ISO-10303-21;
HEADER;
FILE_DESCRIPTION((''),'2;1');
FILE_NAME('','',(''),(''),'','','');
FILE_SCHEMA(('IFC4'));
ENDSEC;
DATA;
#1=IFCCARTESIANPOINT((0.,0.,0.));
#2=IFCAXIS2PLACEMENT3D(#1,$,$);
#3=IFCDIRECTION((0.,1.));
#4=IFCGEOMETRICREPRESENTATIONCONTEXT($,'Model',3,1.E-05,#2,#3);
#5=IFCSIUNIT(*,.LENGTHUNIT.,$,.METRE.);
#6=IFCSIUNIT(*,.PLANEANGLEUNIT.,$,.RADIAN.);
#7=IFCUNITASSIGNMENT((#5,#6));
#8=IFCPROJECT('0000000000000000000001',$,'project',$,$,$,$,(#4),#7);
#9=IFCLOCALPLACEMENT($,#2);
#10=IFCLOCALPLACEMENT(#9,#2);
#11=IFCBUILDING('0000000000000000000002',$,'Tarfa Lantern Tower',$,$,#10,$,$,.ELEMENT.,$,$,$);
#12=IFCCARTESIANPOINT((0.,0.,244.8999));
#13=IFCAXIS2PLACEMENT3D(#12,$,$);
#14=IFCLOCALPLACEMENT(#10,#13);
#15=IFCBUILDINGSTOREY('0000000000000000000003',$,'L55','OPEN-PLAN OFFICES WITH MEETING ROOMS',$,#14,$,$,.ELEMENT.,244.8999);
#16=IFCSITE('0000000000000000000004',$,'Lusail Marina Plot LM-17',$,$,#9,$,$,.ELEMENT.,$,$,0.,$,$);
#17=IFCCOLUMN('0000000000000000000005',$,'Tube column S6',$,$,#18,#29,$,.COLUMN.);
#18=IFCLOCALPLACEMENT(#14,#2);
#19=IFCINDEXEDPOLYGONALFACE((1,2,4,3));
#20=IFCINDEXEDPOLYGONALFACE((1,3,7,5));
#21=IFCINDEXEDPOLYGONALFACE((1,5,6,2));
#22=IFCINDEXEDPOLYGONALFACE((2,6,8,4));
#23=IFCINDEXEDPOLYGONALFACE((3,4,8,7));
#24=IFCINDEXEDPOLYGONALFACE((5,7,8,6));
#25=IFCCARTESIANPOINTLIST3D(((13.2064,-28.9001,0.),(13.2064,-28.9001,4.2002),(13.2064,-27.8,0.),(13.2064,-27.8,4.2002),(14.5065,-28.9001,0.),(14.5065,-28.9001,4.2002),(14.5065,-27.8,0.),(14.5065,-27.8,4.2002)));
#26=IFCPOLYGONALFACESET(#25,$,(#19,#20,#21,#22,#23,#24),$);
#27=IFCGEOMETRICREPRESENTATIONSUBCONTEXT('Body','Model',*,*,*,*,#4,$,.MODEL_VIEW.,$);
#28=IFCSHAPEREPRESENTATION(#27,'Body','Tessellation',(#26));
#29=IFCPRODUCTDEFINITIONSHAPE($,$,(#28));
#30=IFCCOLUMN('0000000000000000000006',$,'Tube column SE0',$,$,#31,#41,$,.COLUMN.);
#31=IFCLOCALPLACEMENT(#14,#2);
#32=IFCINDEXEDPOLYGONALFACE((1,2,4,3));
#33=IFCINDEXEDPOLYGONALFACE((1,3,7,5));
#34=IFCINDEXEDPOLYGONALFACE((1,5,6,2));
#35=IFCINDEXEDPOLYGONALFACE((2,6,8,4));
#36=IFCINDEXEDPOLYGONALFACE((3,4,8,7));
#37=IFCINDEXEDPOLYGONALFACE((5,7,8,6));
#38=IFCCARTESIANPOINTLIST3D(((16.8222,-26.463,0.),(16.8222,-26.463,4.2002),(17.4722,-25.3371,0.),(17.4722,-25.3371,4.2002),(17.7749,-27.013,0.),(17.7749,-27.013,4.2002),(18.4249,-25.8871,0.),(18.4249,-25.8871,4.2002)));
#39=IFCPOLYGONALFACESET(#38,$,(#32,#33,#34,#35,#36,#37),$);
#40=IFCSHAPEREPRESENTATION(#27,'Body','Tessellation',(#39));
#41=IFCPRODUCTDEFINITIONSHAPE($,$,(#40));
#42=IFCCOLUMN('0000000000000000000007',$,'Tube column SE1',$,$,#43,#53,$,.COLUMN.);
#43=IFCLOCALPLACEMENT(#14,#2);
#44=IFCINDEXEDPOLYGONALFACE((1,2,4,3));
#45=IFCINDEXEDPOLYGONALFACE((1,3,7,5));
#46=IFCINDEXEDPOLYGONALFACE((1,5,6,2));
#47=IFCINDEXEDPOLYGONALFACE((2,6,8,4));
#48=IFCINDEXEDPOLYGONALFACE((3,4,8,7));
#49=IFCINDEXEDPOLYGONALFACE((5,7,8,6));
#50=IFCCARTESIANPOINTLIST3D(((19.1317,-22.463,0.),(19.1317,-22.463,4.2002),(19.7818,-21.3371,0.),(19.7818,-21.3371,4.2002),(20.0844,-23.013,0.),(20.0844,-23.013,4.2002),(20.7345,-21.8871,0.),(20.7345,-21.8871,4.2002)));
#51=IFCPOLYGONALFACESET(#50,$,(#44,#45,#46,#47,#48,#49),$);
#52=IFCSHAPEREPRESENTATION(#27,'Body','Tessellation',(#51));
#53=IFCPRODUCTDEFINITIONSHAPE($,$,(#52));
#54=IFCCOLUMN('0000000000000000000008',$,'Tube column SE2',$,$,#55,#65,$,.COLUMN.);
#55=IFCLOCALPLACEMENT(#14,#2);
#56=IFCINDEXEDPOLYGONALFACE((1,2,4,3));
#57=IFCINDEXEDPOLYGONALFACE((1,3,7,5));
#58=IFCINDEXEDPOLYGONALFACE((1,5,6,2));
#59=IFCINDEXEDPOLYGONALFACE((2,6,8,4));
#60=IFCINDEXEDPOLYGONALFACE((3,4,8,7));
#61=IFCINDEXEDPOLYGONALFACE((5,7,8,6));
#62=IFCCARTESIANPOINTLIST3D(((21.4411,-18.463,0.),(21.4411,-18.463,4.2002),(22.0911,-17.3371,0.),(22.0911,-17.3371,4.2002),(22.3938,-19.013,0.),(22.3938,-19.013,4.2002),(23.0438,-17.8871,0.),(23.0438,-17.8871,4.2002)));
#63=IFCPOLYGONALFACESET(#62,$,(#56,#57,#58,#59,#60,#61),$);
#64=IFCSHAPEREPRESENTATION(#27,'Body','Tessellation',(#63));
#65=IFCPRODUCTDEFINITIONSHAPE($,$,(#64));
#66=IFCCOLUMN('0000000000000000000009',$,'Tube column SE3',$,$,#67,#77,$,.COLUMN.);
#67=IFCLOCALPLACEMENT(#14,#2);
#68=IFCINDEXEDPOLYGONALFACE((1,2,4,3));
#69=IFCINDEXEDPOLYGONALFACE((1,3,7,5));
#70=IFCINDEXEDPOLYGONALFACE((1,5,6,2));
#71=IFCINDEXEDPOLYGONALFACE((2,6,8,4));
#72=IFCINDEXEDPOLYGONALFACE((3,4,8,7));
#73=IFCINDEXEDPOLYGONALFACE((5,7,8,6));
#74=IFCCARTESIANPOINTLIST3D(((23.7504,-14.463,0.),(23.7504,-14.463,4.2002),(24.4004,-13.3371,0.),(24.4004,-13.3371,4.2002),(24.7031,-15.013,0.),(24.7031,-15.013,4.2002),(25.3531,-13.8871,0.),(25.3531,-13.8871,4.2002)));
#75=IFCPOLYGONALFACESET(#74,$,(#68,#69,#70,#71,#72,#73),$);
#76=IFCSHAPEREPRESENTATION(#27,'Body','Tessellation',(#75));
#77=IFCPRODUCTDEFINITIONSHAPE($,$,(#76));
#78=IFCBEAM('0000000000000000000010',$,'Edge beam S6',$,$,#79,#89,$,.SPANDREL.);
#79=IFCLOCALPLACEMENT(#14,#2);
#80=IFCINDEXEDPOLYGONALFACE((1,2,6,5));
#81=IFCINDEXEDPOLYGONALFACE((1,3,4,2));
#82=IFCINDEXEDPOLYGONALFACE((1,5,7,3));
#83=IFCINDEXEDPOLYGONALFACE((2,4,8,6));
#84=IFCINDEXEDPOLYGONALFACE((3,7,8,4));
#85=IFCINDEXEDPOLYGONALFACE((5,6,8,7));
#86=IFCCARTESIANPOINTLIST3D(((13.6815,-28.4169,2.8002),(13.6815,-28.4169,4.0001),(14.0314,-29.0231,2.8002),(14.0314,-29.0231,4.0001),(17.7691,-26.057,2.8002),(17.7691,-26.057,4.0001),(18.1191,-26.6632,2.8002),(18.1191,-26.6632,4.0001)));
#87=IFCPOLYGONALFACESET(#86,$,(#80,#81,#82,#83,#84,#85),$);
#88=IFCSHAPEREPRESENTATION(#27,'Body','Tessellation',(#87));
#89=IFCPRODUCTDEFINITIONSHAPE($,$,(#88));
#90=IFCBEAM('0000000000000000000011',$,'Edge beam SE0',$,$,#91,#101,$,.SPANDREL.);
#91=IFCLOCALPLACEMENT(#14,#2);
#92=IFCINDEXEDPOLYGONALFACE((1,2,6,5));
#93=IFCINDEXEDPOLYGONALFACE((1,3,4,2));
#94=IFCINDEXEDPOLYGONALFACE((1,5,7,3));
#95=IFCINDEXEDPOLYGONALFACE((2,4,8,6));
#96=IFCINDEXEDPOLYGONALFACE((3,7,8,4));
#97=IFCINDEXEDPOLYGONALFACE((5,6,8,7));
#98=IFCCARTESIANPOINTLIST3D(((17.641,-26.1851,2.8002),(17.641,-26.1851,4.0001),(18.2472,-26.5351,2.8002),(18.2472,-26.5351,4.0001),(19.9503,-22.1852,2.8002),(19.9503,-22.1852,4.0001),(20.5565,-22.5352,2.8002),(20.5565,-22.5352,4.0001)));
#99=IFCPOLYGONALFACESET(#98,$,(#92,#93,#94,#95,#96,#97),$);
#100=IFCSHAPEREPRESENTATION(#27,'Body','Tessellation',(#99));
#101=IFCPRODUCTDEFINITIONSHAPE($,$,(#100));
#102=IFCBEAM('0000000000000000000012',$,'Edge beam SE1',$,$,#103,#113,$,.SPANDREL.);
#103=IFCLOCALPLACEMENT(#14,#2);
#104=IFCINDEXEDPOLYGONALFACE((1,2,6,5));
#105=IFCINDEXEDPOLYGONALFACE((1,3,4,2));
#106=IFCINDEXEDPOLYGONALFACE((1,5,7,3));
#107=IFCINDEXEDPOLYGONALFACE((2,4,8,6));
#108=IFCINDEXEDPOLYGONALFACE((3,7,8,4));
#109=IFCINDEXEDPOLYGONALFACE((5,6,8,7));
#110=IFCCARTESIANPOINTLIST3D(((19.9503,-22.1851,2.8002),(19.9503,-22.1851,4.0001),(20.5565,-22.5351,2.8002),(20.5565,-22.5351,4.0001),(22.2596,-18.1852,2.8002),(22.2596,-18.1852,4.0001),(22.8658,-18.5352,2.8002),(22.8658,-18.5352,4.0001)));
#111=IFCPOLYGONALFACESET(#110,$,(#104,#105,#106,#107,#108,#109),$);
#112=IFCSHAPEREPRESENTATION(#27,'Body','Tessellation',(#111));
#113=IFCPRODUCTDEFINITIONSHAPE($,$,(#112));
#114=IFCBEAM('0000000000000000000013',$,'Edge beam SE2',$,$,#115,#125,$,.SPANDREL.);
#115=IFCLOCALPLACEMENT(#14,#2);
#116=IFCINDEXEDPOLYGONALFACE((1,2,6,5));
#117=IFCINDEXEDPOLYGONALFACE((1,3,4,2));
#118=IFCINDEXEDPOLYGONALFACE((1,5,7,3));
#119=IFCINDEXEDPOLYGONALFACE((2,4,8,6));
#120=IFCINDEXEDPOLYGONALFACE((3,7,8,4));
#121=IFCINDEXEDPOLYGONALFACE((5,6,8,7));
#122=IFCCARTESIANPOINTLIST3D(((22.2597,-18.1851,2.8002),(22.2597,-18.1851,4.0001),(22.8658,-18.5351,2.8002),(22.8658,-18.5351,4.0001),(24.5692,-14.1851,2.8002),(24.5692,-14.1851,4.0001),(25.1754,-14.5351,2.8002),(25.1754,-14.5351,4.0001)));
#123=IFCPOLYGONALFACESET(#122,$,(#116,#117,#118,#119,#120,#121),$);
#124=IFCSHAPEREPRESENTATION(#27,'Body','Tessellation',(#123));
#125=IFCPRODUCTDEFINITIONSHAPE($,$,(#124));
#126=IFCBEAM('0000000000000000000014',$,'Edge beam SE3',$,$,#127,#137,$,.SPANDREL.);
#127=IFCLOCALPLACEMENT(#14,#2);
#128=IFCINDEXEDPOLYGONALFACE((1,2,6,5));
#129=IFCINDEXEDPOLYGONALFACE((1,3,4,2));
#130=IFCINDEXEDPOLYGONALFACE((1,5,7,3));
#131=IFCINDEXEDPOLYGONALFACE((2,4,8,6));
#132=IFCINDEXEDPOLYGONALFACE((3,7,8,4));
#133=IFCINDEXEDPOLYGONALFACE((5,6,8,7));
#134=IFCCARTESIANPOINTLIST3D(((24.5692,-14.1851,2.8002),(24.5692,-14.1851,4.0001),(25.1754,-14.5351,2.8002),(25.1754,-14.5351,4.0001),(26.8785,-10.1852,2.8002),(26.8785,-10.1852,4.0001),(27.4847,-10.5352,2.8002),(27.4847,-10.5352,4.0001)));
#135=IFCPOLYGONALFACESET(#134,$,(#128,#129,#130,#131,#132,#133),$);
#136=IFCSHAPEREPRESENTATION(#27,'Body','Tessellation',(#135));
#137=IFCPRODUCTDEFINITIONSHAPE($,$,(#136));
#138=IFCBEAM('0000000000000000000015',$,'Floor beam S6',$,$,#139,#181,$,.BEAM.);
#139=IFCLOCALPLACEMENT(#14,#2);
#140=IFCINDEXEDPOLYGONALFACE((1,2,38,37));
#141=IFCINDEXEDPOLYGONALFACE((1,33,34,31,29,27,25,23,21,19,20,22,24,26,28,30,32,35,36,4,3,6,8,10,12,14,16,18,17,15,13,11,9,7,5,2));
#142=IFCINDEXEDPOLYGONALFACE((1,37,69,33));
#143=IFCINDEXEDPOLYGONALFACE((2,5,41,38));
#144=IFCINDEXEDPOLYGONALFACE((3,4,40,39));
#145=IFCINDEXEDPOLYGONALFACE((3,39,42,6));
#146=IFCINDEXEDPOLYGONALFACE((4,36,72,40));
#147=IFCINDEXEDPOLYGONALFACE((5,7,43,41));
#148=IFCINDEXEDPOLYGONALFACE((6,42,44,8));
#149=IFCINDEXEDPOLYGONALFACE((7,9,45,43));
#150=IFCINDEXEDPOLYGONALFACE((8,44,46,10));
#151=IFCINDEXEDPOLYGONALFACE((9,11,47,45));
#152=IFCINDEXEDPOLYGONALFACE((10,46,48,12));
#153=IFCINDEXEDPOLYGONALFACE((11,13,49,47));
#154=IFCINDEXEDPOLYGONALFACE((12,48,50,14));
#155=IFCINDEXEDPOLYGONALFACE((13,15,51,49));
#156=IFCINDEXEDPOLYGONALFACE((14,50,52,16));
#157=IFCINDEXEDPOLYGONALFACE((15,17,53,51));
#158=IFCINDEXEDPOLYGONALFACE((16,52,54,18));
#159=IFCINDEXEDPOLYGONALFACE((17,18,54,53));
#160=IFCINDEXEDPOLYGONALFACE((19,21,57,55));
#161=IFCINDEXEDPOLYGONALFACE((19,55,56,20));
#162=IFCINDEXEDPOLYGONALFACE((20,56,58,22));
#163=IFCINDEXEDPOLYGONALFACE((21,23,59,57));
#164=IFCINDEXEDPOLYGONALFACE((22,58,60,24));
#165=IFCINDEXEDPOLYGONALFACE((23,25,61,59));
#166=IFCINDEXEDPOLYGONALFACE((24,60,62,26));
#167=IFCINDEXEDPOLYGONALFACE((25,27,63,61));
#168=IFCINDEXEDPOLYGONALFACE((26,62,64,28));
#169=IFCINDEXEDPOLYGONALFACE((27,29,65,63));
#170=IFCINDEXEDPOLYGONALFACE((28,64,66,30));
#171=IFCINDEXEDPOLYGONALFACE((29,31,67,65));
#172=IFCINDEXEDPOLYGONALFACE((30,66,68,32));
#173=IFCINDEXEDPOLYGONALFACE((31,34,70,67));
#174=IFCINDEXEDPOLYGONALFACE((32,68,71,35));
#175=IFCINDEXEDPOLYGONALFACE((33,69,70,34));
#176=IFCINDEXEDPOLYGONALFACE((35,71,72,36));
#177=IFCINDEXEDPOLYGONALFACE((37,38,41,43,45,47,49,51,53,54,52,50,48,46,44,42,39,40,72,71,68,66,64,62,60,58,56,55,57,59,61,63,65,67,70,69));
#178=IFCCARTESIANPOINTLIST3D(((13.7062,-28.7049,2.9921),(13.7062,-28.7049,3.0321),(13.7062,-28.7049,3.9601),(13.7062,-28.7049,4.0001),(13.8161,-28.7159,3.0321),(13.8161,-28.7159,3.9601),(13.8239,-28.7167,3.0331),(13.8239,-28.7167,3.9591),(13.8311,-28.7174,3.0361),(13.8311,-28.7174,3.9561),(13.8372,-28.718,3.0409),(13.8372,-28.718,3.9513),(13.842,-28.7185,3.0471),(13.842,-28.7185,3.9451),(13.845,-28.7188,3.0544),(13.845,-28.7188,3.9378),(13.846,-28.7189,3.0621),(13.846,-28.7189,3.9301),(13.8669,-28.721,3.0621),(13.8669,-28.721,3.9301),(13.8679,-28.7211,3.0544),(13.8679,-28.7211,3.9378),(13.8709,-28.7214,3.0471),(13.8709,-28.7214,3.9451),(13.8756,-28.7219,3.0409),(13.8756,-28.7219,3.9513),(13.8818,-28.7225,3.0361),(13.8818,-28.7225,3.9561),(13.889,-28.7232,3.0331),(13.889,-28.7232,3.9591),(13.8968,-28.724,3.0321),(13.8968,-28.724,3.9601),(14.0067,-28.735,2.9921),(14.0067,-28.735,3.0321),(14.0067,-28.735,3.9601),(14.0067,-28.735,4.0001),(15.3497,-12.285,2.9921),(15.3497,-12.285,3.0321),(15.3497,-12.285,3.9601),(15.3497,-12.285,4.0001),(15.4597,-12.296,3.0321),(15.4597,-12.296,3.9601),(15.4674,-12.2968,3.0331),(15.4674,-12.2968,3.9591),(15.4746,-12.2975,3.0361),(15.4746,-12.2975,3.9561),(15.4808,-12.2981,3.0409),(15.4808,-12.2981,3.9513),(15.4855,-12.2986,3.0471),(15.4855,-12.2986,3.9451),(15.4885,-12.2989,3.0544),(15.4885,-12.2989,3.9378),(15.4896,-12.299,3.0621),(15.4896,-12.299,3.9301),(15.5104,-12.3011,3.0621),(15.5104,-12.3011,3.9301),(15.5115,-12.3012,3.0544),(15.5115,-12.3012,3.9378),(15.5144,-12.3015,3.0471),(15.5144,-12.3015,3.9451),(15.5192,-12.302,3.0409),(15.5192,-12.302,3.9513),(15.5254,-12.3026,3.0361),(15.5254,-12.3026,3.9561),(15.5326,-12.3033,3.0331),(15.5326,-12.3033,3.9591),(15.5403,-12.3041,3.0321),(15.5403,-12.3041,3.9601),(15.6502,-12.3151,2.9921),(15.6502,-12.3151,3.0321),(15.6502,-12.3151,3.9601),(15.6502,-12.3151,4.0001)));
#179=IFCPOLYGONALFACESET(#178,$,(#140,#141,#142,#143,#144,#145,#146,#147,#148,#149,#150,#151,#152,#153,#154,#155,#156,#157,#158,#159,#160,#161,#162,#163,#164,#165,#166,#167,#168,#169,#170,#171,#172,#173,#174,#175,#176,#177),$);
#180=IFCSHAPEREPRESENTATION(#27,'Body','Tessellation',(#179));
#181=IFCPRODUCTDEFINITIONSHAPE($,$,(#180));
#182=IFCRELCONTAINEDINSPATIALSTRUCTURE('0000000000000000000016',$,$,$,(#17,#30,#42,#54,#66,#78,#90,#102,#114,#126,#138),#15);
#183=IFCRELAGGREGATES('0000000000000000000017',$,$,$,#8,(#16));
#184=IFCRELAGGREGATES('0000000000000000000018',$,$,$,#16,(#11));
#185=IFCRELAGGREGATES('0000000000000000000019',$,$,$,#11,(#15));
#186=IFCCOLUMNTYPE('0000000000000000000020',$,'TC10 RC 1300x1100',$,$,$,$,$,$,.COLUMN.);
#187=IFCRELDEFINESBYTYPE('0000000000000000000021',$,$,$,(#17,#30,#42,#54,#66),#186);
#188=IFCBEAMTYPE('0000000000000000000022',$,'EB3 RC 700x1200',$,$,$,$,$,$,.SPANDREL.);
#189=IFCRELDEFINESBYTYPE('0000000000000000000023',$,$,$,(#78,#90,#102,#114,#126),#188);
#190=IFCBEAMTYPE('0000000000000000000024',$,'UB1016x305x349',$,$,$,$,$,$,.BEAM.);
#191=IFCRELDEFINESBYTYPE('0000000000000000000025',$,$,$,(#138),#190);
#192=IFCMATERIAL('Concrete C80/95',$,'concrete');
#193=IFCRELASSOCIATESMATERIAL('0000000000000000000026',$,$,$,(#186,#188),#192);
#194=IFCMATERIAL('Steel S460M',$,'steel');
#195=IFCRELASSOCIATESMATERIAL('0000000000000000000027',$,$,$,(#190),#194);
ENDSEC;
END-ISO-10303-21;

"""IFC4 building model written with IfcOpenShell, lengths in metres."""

from ifc_helpers import new_model, si_unit, direction, frame, origin, origin_2d, place, context, subcontext, project, spatial, rectangle, i_section, extrude, material, material_profile, profile_set, type_object, element, save


model = new_model("IFC4")

# Units and contexts
model_context = context("Model", 3, precision=1e-05, world=origin(), true_north=direction((0.0, 1.0)))
body_context = subcontext(model_context, "Body", "Model", "MODEL_VIEW")
ifc_project = project(units=[si_unit("LENGTHUNIT", "METRE"), si_unit("PLANEANGLEUNIT", "RADIAN")], contexts=[model_context])

# Site, building, storey
site_placement = place(None, origin())
site = spatial("IfcSite", under=ifc_project, at=site_placement, Name="Lusail Marina Plot LM-17", CompositionType="ELEMENT", RefElevation=0.0)
building_placement = place(site_placement, origin())
building = spatial("IfcBuilding", under=site, at=building_placement, Name="Tarfa Lantern Tower", CompositionType="ELEMENT")
storey_placement = place(building_placement, frame((0.0, 0.0, 244.8999)))
storey = spatial("IfcBuildingStorey", under=building, at=storey_placement, Name="L55", Description="OPEN-PLAN OFFICES WITH MEETING ROOMS", CompositionType="ELEMENT", Elevation=244.8999)

# Columns
ifc_material_1 = material(Name="Concrete C80/95", Category="concrete")
ifc_material_profile_1 = material_profile(ifc_material_1, rectangle(XDim=1.3, YDim=1.1001, at=origin_2d()), Name="RC 1300x1100")
ifc_profile_set_1 = profile_set([ifc_material_profile_1], Name="Concrete C80/95")
column_type = type_object("IfcColumnType", Name="TC10 RC 1300x1100", PredefinedType="COLUMN", material=ifc_profile_set_1)
for number, where, z_axis, x_axis, name in (
    (1, (13.8564, -28.3501, 0.0), (0.0, 0.0, 1.0), (1.0, 0.0, 0.0), "Tube column S6"),
    (2, (17.6235, -26.175, 0.0), (0.0, 0.0, 1.0), (0.5, 0.866025, 0.0), "Tube column SE0"),
    (3, (19.9331, -22.175, 0.0), (0.0, 0.0, 1.0), (0.5, 0.866025, 0.0), "Tube column SE1"),
    (4, (22.2424, -18.175, 0.0), (0.0, 0.0, 1.0), (0.5, 0.866025, 0.0), "Tube column SE2"),
    (5, (24.5518, -14.175, 0.0), (0.0, 0.0, 1.0), (0.5, 0.866025, 0.0), "Tube column SE3"),
):
    element("IfcColumn", number, at=place(storey_placement, frame(where, z_axis=z_axis, x_axis=x_axis)), inside=storey, type_object=column_type, Name=name, PredefinedType="COLUMN", context=body_context, shape_type="SweptSolid", body=[
        extrude(rectangle(XDim=1.3, YDim=1.1001, at=origin_2d()), origin(), (0.0, 0.0, 1.0), 4.2002),
    ])

# Beams
ifc_material_profile_2 = material_profile(ifc_material_1, rectangle(XDim=0.7, YDim=1.2, at=origin_2d()), Name="RC 700x1200")
ifc_profile_set_2 = profile_set([ifc_material_profile_2], Name="Concrete C80/95")
beam_type_1 = type_object("IfcBeamType", Name="EB3 RC 700x1200", PredefinedType="SPANDREL", material=ifc_profile_set_2)
beam_1_placement = place(storey_placement, frame((13.8564, -28.72, 3.4001), z_axis=(0.866038, 0.499978, 0.0), x_axis=(-0.499978, 0.866038, 0.0)))
element("IfcBeam", 6, at=beam_1_placement, inside=storey, type_object=beam_type_1, Name="Edge beam S6", PredefinedType="SPANDREL", context=body_context, shape_type="SweptSolid", body=[
    extrude(rectangle(XDim=0.7, YDim=1.2, at=origin_2d()), origin(), (0.0, 0.0, 1.0), 4.72),
])
for number, where, z_axis, x_axis, name in (
    (7, (17.9441, -26.3601, 3.4001), (0.499988, 0.866032, 0.0), (-0.866032, 0.499988, 0.0), "Edge beam SE0"),
    (8, (20.2534, -22.3601, 3.4001), (0.499988, 0.866032, 0.0), (-0.866032, 0.499988, 0.0), "Edge beam SE1"),
):
    element("IfcBeam", number, at=place(storey_placement, frame(where, z_axis=z_axis, x_axis=x_axis)), inside=storey, type_object=beam_type_1, Name=name, PredefinedType="SPANDREL", context=body_context, shape_type="SweptSolid", body=[
        extrude(rectangle(XDim=0.7, YDim=1.2, at=origin_2d()), origin(), (0.0, 0.0, 1.0), 4.6187),
    ])
beam_2_placement = place(storey_placement, frame((22.5627, -18.3601, 3.4001), z_axis=(0.500027, 0.86601, 0.0), x_axis=(-0.86601, 0.500027, 0.0)))
element("IfcBeam", 9, at=beam_2_placement, inside=storey, type_object=beam_type_1, Name="Edge beam SE2", PredefinedType="SPANDREL", context=body_context, shape_type="SweptSolid", body=[
    extrude(rectangle(XDim=0.7, YDim=1.2, at=origin_2d()), origin(), (0.0, 0.0, 1.0), 4.6189),
])
beam_3_placement = place(storey_placement, frame((24.8723, -14.3601, 3.4001), z_axis=(0.499988, 0.866032, 0.0), x_axis=(-0.866032, 0.499988, 0.0)))
element("IfcBeam", 10, at=beam_3_placement, inside=storey, type_object=beam_type_1, Name="Edge beam SE3", PredefinedType="SPANDREL", context=body_context, shape_type="SweptSolid", body=[
    extrude(rectangle(XDim=0.7, YDim=1.2, at=origin_2d()), origin(), (0.0, 0.0, 1.0), 4.6187),
])
ifc_material_2 = material(Name="Steel S460M", Category="steel")
ifc_material_profile_3 = material_profile(ifc_material_2, i_section(OverallWidth=0.302, OverallDepth=1.0081, WebThickness=0.021, FlangeThickness=0.04, FilletRadius=0.03, at=origin_2d()), Name="UB1016x305x349")
ifc_profile_set_3 = profile_set([ifc_material_profile_3], Name="Steel S460M")
beam_type_2 = type_object("IfcBeamType", Name="UB1016x305x349", PredefinedType="BEAM", material=ifc_profile_set_3)
beam_4_placement = place(storey_placement, frame((13.8564, -28.72, 3.4961), z_axis=(0.099597, 0.995028, 0.0), x_axis=(-0.995028, 0.099597, 0.0)))
element("IfcBeam", 11, at=beam_4_placement, inside=storey, type_object=beam_type_2, Name="Floor beam S6", PredefinedType="BEAM", context=body_context, shape_type="SweptSolid", body=[
    extrude(i_section(OverallWidth=0.302, OverallDepth=1.0081, WebThickness=0.021, FlangeThickness=0.04, FilletRadius=0.03, at=origin_2d()), origin(), (0.0, 0.0, 1.0), 16.502),
])

save(model, "model.ifc")
